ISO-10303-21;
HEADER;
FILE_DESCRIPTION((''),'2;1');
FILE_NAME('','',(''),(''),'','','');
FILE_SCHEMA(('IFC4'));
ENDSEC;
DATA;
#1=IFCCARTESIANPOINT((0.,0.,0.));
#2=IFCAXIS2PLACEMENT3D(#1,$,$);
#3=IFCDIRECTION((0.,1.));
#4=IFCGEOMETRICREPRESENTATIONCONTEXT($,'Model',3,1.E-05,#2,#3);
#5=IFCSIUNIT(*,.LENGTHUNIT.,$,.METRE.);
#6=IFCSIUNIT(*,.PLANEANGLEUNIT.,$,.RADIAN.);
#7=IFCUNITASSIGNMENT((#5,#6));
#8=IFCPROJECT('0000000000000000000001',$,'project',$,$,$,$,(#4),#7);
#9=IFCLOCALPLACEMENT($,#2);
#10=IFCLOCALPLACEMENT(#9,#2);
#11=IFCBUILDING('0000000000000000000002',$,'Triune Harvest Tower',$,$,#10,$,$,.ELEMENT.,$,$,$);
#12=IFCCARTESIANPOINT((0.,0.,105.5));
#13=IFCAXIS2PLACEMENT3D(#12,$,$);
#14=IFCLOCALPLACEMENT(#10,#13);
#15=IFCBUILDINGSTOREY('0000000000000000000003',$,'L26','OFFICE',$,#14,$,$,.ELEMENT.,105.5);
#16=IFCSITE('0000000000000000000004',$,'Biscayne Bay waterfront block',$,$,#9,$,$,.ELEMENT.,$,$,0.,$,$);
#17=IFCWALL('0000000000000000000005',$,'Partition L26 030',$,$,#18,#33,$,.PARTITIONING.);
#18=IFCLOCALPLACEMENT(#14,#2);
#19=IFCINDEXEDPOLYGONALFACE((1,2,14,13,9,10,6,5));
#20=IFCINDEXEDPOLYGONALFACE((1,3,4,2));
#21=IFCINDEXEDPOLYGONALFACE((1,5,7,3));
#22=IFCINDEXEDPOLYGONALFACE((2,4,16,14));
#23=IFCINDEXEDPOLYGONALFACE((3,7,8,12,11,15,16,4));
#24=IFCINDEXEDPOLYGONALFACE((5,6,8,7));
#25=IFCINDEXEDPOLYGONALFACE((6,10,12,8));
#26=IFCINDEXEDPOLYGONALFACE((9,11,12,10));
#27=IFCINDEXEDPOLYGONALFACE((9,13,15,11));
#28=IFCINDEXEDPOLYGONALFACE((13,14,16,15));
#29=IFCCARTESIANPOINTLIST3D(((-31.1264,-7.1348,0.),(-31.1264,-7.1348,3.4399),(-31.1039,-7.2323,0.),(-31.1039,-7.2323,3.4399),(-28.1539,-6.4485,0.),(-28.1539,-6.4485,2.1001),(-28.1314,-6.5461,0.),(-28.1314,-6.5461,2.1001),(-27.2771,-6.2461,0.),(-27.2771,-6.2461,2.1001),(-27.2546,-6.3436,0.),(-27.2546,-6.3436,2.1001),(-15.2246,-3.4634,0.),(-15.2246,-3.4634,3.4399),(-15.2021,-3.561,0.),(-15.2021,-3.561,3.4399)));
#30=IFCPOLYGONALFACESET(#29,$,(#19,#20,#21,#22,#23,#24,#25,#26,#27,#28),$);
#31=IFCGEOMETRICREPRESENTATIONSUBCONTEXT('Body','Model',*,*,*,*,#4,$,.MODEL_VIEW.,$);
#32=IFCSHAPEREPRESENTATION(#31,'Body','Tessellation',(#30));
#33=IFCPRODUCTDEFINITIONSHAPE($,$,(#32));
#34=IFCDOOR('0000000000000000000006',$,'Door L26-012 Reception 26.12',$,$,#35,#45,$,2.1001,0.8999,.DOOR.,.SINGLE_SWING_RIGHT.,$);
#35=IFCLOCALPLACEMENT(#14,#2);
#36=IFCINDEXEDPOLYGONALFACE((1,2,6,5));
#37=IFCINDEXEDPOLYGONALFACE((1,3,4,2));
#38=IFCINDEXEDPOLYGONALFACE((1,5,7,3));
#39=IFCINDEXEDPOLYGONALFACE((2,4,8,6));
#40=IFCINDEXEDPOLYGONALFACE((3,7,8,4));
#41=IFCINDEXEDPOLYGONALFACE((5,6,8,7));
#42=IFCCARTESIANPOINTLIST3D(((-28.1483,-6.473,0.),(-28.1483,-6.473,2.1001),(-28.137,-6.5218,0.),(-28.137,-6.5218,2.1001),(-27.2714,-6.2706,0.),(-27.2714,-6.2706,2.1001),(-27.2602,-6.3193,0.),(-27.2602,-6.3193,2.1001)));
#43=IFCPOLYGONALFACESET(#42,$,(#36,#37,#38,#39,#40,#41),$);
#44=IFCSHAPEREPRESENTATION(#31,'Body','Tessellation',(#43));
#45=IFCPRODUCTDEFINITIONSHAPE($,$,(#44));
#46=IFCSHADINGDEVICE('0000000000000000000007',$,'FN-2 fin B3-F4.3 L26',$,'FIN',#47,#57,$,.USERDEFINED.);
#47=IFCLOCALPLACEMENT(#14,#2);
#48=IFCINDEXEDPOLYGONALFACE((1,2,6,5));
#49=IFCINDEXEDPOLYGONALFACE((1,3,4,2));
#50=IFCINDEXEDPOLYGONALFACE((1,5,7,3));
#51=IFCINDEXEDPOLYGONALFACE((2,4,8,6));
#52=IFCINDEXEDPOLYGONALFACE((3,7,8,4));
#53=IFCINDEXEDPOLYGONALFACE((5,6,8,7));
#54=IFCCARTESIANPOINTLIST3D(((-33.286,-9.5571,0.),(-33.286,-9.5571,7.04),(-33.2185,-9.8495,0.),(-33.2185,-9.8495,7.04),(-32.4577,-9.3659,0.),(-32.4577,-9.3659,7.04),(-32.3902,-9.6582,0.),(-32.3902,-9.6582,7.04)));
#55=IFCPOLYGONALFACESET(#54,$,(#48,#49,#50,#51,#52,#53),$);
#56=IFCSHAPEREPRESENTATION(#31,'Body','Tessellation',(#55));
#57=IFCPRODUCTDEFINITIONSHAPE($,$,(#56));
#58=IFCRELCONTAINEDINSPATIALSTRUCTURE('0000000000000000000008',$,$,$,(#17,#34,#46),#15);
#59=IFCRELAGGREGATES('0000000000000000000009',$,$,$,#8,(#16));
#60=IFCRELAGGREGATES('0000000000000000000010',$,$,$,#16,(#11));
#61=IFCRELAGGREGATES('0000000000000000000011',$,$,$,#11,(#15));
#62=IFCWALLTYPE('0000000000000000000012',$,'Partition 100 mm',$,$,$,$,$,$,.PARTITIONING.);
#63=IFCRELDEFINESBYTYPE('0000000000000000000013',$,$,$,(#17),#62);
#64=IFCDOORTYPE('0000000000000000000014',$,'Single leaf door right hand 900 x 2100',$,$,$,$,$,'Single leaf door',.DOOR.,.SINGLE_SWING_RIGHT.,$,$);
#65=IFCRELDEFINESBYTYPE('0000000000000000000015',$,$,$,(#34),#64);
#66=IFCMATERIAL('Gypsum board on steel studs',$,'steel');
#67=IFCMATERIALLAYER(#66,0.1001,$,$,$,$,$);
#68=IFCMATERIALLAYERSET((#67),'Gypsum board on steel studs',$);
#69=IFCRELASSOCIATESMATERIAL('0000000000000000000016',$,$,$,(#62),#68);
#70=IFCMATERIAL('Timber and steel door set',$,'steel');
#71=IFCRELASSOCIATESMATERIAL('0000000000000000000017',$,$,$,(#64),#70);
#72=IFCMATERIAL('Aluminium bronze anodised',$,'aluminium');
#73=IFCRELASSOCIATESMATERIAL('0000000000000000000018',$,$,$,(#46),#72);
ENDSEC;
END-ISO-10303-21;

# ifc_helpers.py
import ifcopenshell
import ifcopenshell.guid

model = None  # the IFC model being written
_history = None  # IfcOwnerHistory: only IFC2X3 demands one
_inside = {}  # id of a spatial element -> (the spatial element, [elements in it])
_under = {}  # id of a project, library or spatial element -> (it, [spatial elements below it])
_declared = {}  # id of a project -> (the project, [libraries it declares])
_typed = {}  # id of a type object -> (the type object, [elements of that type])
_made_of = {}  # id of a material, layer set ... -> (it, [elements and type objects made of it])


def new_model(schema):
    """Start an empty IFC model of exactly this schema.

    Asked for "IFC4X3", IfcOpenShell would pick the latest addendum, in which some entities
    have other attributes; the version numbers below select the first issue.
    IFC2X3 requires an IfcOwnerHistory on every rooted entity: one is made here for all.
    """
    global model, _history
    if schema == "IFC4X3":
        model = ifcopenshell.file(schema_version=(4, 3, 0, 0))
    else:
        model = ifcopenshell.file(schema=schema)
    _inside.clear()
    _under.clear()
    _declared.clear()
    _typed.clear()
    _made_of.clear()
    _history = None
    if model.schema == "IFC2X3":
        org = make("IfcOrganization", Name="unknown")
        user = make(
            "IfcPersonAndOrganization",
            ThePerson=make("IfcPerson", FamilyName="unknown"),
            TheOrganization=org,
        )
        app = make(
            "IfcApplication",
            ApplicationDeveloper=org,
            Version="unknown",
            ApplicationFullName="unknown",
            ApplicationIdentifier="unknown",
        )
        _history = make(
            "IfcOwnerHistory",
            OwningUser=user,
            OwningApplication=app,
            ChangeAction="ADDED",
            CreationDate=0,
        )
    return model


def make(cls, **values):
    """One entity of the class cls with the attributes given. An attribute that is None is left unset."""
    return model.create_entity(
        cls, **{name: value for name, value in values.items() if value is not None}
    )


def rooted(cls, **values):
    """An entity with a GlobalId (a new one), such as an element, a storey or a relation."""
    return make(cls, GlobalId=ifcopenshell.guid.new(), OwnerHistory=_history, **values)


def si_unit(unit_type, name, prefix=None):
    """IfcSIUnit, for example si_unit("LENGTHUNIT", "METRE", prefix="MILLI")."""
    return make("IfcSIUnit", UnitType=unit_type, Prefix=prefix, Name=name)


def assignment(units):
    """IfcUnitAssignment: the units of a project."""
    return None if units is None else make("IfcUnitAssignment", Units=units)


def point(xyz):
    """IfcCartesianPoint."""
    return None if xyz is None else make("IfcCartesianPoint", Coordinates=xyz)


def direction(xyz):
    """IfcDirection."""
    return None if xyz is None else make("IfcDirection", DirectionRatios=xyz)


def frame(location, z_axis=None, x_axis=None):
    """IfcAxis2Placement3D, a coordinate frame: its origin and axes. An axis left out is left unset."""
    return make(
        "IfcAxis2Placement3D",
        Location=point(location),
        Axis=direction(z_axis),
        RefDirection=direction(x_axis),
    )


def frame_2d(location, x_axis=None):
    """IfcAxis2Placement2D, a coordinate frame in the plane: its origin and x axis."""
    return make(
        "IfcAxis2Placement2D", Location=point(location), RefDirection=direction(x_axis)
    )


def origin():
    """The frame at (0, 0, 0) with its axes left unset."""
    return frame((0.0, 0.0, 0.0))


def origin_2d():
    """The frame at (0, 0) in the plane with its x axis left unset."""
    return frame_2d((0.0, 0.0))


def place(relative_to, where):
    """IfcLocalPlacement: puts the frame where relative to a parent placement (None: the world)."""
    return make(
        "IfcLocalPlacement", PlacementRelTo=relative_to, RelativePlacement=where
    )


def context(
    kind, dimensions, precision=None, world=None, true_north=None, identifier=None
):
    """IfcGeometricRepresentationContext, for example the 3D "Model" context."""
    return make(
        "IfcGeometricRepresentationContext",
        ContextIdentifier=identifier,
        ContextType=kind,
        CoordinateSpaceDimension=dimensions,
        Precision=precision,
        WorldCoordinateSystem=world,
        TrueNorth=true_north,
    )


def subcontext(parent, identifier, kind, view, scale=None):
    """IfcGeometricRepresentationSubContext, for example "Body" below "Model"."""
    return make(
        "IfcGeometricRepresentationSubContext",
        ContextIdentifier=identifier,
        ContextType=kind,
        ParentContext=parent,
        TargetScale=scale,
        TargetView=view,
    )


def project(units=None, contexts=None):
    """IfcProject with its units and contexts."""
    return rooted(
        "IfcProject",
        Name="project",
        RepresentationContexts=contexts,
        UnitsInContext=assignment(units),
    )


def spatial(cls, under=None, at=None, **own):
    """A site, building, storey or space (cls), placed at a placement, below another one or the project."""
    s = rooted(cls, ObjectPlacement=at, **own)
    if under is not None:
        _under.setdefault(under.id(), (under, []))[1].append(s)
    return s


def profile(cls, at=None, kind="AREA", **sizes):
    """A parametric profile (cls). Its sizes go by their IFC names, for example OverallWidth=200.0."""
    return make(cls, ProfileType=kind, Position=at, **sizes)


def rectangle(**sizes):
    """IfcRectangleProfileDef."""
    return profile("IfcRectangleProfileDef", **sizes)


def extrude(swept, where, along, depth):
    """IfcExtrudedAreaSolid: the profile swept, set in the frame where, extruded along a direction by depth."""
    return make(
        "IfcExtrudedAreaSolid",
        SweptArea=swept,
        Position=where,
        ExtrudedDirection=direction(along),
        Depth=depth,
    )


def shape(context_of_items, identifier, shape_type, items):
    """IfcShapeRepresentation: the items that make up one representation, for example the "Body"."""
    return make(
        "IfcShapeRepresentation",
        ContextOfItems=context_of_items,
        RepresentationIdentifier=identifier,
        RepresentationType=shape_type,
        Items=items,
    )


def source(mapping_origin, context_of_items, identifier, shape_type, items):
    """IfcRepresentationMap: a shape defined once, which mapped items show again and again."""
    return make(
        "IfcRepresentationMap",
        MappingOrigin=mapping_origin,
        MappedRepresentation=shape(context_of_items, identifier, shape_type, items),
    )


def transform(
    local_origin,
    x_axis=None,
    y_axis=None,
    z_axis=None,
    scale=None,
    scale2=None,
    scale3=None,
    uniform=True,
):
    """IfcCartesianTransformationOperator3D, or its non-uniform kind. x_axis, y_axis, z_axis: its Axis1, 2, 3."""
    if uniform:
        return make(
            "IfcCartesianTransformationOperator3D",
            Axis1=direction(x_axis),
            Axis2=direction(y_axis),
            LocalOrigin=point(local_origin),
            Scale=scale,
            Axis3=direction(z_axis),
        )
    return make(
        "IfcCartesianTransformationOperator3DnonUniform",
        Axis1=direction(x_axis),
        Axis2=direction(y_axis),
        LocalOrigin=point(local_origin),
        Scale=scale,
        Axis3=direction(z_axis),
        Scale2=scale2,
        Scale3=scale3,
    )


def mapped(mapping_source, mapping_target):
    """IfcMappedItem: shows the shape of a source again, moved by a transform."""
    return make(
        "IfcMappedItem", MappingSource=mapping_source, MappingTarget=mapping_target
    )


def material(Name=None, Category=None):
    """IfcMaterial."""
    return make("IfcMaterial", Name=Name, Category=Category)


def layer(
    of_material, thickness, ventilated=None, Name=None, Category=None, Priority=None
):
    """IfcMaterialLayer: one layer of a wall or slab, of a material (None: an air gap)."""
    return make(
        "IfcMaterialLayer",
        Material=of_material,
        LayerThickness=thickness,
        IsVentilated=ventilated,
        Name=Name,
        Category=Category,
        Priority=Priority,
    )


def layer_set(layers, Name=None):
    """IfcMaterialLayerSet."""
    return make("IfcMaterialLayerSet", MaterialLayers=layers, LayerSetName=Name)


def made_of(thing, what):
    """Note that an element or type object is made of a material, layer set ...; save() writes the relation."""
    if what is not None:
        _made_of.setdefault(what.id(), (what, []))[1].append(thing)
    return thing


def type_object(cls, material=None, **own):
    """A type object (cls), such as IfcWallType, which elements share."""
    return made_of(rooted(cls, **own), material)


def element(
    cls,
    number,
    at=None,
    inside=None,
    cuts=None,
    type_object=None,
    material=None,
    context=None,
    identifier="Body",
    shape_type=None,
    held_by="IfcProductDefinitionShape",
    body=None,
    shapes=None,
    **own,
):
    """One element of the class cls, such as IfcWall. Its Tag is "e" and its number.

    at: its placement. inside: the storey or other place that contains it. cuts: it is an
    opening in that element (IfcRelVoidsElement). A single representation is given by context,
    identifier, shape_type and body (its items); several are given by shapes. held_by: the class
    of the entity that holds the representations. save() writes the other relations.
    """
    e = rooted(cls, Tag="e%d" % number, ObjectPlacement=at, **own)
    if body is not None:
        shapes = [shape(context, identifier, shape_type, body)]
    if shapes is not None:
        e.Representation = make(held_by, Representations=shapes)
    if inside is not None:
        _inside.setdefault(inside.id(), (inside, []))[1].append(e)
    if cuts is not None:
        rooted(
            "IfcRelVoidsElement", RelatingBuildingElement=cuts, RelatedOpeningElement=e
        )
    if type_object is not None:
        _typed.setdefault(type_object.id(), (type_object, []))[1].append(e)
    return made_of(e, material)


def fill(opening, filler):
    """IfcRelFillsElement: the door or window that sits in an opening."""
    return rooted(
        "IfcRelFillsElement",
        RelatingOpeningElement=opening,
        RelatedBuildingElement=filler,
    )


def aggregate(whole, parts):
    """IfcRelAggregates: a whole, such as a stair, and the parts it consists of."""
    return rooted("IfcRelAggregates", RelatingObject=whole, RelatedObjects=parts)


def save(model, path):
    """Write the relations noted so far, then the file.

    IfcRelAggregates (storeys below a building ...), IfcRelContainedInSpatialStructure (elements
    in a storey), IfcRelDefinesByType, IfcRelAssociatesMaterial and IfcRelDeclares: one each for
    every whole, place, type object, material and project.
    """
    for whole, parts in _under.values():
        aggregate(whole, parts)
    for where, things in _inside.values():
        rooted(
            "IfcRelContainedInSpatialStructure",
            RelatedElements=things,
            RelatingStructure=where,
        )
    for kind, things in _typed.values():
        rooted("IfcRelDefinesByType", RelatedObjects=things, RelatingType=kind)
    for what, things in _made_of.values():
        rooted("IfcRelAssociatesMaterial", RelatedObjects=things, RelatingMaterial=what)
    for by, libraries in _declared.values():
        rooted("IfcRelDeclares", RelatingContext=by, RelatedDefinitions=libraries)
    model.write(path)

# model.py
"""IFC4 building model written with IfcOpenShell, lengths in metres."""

from ifc_helpers import new_model, si_unit, direction, frame, frame_2d, origin, origin_2d, place, context, subcontext, project, spatial, rectangle, extrude, source, transform, mapped, material, layer, layer_set, type_object, element, fill, save


model = new_model("IFC4")

# Units and contexts
model_context = context("Model", 3, precision=1e-05, world=origin(), true_north=direction((0.0, 1.0)))
body_context = subcontext(model_context, "Body", "Model", "MODEL_VIEW")
ifc_project = project(units=[si_unit("LENGTHUNIT", "METRE"), si_unit("PLANEANGLEUNIT", "RADIAN")], contexts=[model_context])

# Site, building, storey
site_placement = place(None, origin())
site = spatial("IfcSite", under=ifc_project, at=site_placement, Name="Biscayne Bay waterfront block", CompositionType="ELEMENT", RefElevation=0.0)
building_placement = place(site_placement, origin())
building = spatial("IfcBuilding", under=site, at=building_placement, Name="Triune Harvest Tower", CompositionType="ELEMENT")
storey_placement = place(building_placement, frame((0.0, 0.0, 105.5)))
storey = spatial("IfcBuildingStorey", under=building, at=storey_placement, Name="L26", Description="OFFICE", CompositionType="ELEMENT", Elevation=105.5)

# Shared definitions
ifc_material_1 = material(Name="Gypsum board on steel studs", Category="steel")
ifc_layer_1 = layer(ifc_material_1, 0.1001)
ifc_layer_set_1 = layer_set([ifc_layer_1], Name="Gypsum board on steel studs")
wall_type = type_object("IfcWallType", Name="Partition 100 mm", PredefinedType="PARTITIONING", material=ifc_layer_set_1)

# Wall, opening, door
ifc_material_2 = material(Name="Timber and steel door set", Category="steel")
door_type = type_object("IfcDoorType", Name="Single leaf door right hand 900 x 2100", ElementType="Single leaf door", OperationType="SINGLE_SWING_RIGHT", PredefinedType="DOOR", material=ifc_material_2)
shared_shape_1 = source(origin(), body_context, "Body", "SweptSolid", [
    extrude(rectangle(XDim=16.3201, YDim=0.1001, at=frame_2d((8.1602, 0.0))), origin(), (0.0, 0.0, 1.0), 3.4399),
])
wall_1_placement = place(storey_placement, frame((-31.1152, -7.1836, 0.0), z_axis=(0.0, 0.0, 1.0), x_axis=(0.974368, 0.22496, 0.0)))
wall_1 = element("IfcWall", 1, at=wall_1_placement, inside=storey, type_object=wall_type, Name="Partition L26 030", PredefinedType="PARTITIONING", context=body_context, shape_type="MappedRepresentation", body=[
    mapped(shared_shape_1, transform((0.0, 0.0, 0.0), scale=1.0)),
])
opening_1_placement = place(wall_1_placement, frame((3.0508, 0.0, 0.0)))
opening_1 = element("IfcOpeningElement", 2, at=opening_1_placement, cuts=wall_1, PredefinedType="OPENING", context=body_context, shape_type="SweptSolid", body=[
    extrude(rectangle(XDim=0.8999, YDim=2.1001, at=frame_2d((0.45, 1.05))), frame((0.0, 0.0601, 0.0), z_axis=(0.0, -1.0, 0.0), x_axis=(1.0, 0.0, 0.0)), (0.0, 0.0, 1.0), 0.1201),
])
door_1_placement = place(opening_1_placement, origin())
door_1 = element("IfcDoor", 3, at=door_1_placement, inside=storey, type_object=door_type, Name="Door L26-012 Reception 26.12", OperationType="SINGLE_SWING_RIGHT", OverallHeight=2.1001, OverallWidth=0.8999, PredefinedType="DOOR", context=body_context, shape_type="SweptSolid", body=[
    extrude(rectangle(XDim=0.8999, YDim=2.1001, at=frame_2d((0.45, 1.05))), frame((0.0, 0.0249, 0.0), z_axis=(0.0, -1.0, 0.0), x_axis=(1.0, 0.0, 0.0)), (0.0, 0.0, 1.0), 0.05),
])
fill(opening_1, door_1)

# Shading device
ifc_material_3 = material(Name="Aluminium bronze anodised", Category="aluminium")
shared_shape_2 = source(origin(), body_context, "Body", "SweptSolid", [
    extrude(rectangle(XDim=0.3, YDim=0.8501, at=origin_2d()), origin(), (0.0, 0.0, 1.0), 7.04),
])
shading_device_placement = place(storey_placement, frame((-32.8381, -9.6077, 0.0), z_axis=(0.0, 0.0, 1.0), x_axis=(0.224947, -0.974371, 0.0)))
element("IfcShadingDevice", 4, at=shading_device_placement, inside=storey, material=ifc_material_3, Name="FN-2 fin B3-F4.3 L26", ObjectType="FIN", PredefinedType="USERDEFINED", context=body_context, shape_type="MappedRepresentation", body=[
    mapped(shared_shape_2, transform((0.0, 0.0, 0.0), scale=1.0)),
])

save(model, "model.ifc")
